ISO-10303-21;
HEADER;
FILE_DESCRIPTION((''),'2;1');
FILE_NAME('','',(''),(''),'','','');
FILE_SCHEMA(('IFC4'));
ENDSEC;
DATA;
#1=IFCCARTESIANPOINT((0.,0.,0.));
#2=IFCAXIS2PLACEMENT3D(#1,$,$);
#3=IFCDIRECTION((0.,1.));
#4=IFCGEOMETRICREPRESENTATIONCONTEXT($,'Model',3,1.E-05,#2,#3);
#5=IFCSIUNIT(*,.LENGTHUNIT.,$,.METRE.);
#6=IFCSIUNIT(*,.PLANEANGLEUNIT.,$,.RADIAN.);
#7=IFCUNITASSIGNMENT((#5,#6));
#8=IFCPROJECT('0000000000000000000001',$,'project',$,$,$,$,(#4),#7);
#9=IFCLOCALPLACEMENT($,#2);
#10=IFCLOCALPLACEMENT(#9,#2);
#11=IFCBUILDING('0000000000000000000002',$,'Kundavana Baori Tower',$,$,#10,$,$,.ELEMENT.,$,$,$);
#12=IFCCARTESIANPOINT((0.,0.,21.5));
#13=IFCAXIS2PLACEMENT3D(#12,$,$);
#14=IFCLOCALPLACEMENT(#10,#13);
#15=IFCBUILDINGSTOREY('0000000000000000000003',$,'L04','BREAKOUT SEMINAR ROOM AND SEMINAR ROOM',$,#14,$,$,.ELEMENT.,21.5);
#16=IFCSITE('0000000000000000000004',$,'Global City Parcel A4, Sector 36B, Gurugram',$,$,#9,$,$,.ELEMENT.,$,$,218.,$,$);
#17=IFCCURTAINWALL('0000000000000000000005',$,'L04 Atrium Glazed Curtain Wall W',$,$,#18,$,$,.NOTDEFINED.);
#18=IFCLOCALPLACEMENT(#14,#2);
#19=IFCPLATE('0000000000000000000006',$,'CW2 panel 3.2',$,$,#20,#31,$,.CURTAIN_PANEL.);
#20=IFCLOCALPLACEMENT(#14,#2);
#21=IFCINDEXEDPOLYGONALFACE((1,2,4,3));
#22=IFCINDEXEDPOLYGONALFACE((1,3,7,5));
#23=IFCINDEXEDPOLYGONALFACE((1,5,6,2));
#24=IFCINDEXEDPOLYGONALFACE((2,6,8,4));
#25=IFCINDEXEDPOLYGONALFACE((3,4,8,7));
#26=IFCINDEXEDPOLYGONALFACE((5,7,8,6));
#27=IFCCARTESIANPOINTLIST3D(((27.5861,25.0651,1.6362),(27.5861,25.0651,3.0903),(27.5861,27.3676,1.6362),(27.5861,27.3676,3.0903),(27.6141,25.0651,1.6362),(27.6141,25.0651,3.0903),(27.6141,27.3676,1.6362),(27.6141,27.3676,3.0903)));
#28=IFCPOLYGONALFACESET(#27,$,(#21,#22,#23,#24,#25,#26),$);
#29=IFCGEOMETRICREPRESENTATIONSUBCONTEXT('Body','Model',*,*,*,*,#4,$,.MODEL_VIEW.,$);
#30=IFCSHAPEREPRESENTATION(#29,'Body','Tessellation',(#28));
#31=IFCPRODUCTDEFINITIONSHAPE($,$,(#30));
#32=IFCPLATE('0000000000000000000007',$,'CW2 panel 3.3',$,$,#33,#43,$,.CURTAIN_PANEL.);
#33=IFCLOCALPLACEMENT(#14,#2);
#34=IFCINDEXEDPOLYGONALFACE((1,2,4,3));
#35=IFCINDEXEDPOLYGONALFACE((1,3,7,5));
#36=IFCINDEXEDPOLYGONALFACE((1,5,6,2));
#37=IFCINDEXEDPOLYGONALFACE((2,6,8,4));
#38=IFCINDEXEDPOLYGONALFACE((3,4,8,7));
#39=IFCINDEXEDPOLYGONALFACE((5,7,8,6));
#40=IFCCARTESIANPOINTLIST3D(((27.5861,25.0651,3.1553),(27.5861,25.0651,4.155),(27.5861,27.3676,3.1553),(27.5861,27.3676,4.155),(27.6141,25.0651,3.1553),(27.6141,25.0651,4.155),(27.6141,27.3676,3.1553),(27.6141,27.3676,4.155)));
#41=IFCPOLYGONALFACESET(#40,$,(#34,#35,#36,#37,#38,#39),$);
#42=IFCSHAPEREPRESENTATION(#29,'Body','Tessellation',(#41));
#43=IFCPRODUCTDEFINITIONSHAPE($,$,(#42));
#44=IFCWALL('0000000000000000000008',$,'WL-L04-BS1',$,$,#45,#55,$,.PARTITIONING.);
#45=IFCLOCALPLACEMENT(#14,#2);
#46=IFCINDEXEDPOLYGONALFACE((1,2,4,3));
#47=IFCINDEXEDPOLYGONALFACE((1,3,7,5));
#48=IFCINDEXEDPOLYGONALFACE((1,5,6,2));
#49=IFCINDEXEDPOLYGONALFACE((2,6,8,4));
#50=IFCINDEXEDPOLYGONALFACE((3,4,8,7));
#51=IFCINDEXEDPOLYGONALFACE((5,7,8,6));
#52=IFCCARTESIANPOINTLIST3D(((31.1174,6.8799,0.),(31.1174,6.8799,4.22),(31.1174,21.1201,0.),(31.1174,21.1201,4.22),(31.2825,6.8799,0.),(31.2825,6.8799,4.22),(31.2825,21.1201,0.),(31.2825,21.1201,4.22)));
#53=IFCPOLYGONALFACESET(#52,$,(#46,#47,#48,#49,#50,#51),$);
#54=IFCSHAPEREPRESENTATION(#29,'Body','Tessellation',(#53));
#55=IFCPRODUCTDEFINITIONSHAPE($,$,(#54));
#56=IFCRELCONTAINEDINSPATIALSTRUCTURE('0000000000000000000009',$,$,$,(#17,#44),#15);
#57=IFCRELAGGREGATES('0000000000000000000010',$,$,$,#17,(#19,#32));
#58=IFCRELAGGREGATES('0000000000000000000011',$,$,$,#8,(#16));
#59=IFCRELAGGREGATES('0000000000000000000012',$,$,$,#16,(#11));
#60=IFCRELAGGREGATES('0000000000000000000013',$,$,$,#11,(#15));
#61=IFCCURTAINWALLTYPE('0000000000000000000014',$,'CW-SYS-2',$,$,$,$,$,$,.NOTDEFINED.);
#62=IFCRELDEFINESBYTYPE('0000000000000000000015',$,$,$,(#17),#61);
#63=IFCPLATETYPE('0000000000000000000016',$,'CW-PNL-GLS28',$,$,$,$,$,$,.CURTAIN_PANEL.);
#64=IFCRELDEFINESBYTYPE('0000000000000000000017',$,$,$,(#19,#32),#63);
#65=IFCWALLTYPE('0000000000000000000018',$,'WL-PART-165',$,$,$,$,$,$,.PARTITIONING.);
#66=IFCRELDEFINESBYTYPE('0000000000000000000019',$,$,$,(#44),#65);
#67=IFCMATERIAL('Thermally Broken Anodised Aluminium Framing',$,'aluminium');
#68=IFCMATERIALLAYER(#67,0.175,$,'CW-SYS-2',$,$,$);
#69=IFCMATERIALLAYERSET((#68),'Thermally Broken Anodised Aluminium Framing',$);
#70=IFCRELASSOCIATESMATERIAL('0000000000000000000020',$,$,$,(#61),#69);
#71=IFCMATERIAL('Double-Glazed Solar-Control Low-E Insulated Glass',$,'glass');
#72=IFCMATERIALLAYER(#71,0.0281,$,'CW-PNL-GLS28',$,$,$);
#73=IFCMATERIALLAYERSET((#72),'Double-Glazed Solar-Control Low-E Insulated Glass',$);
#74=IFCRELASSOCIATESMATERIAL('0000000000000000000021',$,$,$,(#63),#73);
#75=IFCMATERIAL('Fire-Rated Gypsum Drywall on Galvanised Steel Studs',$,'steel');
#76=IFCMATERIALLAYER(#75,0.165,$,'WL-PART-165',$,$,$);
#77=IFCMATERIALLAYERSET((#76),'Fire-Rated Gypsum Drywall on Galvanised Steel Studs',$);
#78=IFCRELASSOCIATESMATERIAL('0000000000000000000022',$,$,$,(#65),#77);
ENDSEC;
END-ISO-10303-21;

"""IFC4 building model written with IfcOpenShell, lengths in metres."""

from ifc_helpers import new_model, si_unit, direction, frame, frame_2d, origin, origin_2d, place, context, subcontext, project, spatial, rectangle, extrude, material, layer, layer_set, type_object, element, aggregate, save


model = new_model("IFC4")

# Units and contexts
model_context = context("Model", 3, precision=1e-05, world=origin(), true_north=direction((0.0, 1.0)))
body_context = subcontext(model_context, "Body", "Model", "MODEL_VIEW")
ifc_project = project(units=[si_unit("LENGTHUNIT", "METRE"), si_unit("PLANEANGLEUNIT", "RADIAN")], contexts=[model_context])

# Site, building, storey
site_placement = place(None, origin())
site = spatial("IfcSite", under=ifc_project, at=site_placement, Name="Global City Parcel A4, Sector 36B, Gurugram", CompositionType="ELEMENT", RefElevation=218.0)
building_placement = place(site_placement, origin())
building = spatial("IfcBuilding", under=site, at=building_placement, Name="Kundavana Baori Tower", CompositionType="ELEMENT")
storey_placement = place(building_placement, frame((0.0, 0.0, 21.5)))
storey = spatial("IfcBuildingStorey", under=building, at=storey_placement, Name="L04", Description="BREAKOUT SEMINAR ROOM AND SEMINAR ROOM", CompositionType="ELEMENT", Elevation=21.5)

# Shared definitions
ifc_material_1 = material(Name="Thermally Broken Anodised Aluminium Framing", Category="aluminium")
ifc_layer_1 = layer(ifc_material_1, 0.175, Name="CW-SYS-2")
ifc_layer_set_1 = layer_set([ifc_layer_1], Name="Thermally Broken Anodised Aluminium Framing")
curtain_wall_type = type_object("IfcCurtainWallType", Name="CW-SYS-2", PredefinedType="NOTDEFINED", material=ifc_layer_set_1)

# Shared definitions
ifc_material_2 = material(Name="Double-Glazed Solar-Control Low-E Insulated Glass", Category="glass")
ifc_layer_2 = layer(ifc_material_2, 0.0281, Name="CW-PNL-GLS28")
ifc_layer_set_2 = layer_set([ifc_layer_2], Name="Double-Glazed Solar-Control Low-E Insulated Glass")
plate_type = type_object("IfcPlateType", Name="CW-PNL-GLS28", PredefinedType="CURTAIN_PANEL", material=ifc_layer_set_2)

# Curtain wall, plates
curtain_wall_1_placement = place(storey_placement, origin())
curtain_wall_1 = element("IfcCurtainWall", 1, at=curtain_wall_1_placement, inside=storey, type_object=curtain_wall_type, Name="L04 Atrium Glazed Curtain Wall W", PredefinedType="NOTDEFINED")
plate_1_placement = place(storey_placement, frame((27.6001, 26.2163, 1.6362), z_axis=(0.0, 0.0, 1.0), x_axis=(0.0, -1.0, 0.0)))
plate_1 = element("IfcPlate", 2, at=plate_1_placement, type_object=plate_type, Name="CW2 panel 3.2", PredefinedType="CURTAIN_PANEL", context=body_context, shape_type="SweptSolid", body=[
    extrude(rectangle(XDim=2.3025, YDim=0.0281, at=origin_2d()), origin(), (0.0, 0.0, 1.0), 1.4541),
])
plate_2_placement = place(storey_placement, frame((27.6001, 26.2163, 3.1553), z_axis=(0.0, 0.0, 1.0), x_axis=(0.0, -1.0, 0.0)))
plate_2 = element("IfcPlate", 3, at=plate_2_placement, type_object=plate_type, Name="CW2 panel 3.3", PredefinedType="CURTAIN_PANEL", context=body_context, shape_type="SweptSolid", body=[
    extrude(rectangle(XDim=2.3025, YDim=0.0281, at=origin_2d()), origin(), (0.0, 0.0, 1.0), 0.9998),
])
aggregate(curtain_wall_1, [plate_1, plate_2])

# Wall
ifc_material_3 = material(Name="Fire-Rated Gypsum Drywall on Galvanised Steel Studs", Category="steel")
ifc_layer_3 = layer(ifc_material_3, 0.165, Name="WL-PART-165")
ifc_layer_set_3 = layer_set([ifc_layer_3], Name="Fire-Rated Gypsum Drywall on Galvanised Steel Studs")
wall_type = type_object("IfcWallType", Name="WL-PART-165", PredefinedType="PARTITIONING", material=ifc_layer_set_3)
wall_placement = place(storey_placement, frame((31.2, 6.8799, 0.0), z_axis=(0.0, 0.0, 1.0), x_axis=(0.0, 1.0, 0.0)))
element("IfcWall", 4, at=wall_placement, inside=storey, type_object=wall_type, Name="WL-L04-BS1", PredefinedType="PARTITIONING", context=body_context, shape_type="SweptSolid", body=[
    extrude(rectangle(XDim=14.2402, YDim=0.165, at=frame_2d((7.1201, 0.0))), origin(), (0.0, 0.0, 1.0), 4.22),
])

save(model, "model.ifc")
